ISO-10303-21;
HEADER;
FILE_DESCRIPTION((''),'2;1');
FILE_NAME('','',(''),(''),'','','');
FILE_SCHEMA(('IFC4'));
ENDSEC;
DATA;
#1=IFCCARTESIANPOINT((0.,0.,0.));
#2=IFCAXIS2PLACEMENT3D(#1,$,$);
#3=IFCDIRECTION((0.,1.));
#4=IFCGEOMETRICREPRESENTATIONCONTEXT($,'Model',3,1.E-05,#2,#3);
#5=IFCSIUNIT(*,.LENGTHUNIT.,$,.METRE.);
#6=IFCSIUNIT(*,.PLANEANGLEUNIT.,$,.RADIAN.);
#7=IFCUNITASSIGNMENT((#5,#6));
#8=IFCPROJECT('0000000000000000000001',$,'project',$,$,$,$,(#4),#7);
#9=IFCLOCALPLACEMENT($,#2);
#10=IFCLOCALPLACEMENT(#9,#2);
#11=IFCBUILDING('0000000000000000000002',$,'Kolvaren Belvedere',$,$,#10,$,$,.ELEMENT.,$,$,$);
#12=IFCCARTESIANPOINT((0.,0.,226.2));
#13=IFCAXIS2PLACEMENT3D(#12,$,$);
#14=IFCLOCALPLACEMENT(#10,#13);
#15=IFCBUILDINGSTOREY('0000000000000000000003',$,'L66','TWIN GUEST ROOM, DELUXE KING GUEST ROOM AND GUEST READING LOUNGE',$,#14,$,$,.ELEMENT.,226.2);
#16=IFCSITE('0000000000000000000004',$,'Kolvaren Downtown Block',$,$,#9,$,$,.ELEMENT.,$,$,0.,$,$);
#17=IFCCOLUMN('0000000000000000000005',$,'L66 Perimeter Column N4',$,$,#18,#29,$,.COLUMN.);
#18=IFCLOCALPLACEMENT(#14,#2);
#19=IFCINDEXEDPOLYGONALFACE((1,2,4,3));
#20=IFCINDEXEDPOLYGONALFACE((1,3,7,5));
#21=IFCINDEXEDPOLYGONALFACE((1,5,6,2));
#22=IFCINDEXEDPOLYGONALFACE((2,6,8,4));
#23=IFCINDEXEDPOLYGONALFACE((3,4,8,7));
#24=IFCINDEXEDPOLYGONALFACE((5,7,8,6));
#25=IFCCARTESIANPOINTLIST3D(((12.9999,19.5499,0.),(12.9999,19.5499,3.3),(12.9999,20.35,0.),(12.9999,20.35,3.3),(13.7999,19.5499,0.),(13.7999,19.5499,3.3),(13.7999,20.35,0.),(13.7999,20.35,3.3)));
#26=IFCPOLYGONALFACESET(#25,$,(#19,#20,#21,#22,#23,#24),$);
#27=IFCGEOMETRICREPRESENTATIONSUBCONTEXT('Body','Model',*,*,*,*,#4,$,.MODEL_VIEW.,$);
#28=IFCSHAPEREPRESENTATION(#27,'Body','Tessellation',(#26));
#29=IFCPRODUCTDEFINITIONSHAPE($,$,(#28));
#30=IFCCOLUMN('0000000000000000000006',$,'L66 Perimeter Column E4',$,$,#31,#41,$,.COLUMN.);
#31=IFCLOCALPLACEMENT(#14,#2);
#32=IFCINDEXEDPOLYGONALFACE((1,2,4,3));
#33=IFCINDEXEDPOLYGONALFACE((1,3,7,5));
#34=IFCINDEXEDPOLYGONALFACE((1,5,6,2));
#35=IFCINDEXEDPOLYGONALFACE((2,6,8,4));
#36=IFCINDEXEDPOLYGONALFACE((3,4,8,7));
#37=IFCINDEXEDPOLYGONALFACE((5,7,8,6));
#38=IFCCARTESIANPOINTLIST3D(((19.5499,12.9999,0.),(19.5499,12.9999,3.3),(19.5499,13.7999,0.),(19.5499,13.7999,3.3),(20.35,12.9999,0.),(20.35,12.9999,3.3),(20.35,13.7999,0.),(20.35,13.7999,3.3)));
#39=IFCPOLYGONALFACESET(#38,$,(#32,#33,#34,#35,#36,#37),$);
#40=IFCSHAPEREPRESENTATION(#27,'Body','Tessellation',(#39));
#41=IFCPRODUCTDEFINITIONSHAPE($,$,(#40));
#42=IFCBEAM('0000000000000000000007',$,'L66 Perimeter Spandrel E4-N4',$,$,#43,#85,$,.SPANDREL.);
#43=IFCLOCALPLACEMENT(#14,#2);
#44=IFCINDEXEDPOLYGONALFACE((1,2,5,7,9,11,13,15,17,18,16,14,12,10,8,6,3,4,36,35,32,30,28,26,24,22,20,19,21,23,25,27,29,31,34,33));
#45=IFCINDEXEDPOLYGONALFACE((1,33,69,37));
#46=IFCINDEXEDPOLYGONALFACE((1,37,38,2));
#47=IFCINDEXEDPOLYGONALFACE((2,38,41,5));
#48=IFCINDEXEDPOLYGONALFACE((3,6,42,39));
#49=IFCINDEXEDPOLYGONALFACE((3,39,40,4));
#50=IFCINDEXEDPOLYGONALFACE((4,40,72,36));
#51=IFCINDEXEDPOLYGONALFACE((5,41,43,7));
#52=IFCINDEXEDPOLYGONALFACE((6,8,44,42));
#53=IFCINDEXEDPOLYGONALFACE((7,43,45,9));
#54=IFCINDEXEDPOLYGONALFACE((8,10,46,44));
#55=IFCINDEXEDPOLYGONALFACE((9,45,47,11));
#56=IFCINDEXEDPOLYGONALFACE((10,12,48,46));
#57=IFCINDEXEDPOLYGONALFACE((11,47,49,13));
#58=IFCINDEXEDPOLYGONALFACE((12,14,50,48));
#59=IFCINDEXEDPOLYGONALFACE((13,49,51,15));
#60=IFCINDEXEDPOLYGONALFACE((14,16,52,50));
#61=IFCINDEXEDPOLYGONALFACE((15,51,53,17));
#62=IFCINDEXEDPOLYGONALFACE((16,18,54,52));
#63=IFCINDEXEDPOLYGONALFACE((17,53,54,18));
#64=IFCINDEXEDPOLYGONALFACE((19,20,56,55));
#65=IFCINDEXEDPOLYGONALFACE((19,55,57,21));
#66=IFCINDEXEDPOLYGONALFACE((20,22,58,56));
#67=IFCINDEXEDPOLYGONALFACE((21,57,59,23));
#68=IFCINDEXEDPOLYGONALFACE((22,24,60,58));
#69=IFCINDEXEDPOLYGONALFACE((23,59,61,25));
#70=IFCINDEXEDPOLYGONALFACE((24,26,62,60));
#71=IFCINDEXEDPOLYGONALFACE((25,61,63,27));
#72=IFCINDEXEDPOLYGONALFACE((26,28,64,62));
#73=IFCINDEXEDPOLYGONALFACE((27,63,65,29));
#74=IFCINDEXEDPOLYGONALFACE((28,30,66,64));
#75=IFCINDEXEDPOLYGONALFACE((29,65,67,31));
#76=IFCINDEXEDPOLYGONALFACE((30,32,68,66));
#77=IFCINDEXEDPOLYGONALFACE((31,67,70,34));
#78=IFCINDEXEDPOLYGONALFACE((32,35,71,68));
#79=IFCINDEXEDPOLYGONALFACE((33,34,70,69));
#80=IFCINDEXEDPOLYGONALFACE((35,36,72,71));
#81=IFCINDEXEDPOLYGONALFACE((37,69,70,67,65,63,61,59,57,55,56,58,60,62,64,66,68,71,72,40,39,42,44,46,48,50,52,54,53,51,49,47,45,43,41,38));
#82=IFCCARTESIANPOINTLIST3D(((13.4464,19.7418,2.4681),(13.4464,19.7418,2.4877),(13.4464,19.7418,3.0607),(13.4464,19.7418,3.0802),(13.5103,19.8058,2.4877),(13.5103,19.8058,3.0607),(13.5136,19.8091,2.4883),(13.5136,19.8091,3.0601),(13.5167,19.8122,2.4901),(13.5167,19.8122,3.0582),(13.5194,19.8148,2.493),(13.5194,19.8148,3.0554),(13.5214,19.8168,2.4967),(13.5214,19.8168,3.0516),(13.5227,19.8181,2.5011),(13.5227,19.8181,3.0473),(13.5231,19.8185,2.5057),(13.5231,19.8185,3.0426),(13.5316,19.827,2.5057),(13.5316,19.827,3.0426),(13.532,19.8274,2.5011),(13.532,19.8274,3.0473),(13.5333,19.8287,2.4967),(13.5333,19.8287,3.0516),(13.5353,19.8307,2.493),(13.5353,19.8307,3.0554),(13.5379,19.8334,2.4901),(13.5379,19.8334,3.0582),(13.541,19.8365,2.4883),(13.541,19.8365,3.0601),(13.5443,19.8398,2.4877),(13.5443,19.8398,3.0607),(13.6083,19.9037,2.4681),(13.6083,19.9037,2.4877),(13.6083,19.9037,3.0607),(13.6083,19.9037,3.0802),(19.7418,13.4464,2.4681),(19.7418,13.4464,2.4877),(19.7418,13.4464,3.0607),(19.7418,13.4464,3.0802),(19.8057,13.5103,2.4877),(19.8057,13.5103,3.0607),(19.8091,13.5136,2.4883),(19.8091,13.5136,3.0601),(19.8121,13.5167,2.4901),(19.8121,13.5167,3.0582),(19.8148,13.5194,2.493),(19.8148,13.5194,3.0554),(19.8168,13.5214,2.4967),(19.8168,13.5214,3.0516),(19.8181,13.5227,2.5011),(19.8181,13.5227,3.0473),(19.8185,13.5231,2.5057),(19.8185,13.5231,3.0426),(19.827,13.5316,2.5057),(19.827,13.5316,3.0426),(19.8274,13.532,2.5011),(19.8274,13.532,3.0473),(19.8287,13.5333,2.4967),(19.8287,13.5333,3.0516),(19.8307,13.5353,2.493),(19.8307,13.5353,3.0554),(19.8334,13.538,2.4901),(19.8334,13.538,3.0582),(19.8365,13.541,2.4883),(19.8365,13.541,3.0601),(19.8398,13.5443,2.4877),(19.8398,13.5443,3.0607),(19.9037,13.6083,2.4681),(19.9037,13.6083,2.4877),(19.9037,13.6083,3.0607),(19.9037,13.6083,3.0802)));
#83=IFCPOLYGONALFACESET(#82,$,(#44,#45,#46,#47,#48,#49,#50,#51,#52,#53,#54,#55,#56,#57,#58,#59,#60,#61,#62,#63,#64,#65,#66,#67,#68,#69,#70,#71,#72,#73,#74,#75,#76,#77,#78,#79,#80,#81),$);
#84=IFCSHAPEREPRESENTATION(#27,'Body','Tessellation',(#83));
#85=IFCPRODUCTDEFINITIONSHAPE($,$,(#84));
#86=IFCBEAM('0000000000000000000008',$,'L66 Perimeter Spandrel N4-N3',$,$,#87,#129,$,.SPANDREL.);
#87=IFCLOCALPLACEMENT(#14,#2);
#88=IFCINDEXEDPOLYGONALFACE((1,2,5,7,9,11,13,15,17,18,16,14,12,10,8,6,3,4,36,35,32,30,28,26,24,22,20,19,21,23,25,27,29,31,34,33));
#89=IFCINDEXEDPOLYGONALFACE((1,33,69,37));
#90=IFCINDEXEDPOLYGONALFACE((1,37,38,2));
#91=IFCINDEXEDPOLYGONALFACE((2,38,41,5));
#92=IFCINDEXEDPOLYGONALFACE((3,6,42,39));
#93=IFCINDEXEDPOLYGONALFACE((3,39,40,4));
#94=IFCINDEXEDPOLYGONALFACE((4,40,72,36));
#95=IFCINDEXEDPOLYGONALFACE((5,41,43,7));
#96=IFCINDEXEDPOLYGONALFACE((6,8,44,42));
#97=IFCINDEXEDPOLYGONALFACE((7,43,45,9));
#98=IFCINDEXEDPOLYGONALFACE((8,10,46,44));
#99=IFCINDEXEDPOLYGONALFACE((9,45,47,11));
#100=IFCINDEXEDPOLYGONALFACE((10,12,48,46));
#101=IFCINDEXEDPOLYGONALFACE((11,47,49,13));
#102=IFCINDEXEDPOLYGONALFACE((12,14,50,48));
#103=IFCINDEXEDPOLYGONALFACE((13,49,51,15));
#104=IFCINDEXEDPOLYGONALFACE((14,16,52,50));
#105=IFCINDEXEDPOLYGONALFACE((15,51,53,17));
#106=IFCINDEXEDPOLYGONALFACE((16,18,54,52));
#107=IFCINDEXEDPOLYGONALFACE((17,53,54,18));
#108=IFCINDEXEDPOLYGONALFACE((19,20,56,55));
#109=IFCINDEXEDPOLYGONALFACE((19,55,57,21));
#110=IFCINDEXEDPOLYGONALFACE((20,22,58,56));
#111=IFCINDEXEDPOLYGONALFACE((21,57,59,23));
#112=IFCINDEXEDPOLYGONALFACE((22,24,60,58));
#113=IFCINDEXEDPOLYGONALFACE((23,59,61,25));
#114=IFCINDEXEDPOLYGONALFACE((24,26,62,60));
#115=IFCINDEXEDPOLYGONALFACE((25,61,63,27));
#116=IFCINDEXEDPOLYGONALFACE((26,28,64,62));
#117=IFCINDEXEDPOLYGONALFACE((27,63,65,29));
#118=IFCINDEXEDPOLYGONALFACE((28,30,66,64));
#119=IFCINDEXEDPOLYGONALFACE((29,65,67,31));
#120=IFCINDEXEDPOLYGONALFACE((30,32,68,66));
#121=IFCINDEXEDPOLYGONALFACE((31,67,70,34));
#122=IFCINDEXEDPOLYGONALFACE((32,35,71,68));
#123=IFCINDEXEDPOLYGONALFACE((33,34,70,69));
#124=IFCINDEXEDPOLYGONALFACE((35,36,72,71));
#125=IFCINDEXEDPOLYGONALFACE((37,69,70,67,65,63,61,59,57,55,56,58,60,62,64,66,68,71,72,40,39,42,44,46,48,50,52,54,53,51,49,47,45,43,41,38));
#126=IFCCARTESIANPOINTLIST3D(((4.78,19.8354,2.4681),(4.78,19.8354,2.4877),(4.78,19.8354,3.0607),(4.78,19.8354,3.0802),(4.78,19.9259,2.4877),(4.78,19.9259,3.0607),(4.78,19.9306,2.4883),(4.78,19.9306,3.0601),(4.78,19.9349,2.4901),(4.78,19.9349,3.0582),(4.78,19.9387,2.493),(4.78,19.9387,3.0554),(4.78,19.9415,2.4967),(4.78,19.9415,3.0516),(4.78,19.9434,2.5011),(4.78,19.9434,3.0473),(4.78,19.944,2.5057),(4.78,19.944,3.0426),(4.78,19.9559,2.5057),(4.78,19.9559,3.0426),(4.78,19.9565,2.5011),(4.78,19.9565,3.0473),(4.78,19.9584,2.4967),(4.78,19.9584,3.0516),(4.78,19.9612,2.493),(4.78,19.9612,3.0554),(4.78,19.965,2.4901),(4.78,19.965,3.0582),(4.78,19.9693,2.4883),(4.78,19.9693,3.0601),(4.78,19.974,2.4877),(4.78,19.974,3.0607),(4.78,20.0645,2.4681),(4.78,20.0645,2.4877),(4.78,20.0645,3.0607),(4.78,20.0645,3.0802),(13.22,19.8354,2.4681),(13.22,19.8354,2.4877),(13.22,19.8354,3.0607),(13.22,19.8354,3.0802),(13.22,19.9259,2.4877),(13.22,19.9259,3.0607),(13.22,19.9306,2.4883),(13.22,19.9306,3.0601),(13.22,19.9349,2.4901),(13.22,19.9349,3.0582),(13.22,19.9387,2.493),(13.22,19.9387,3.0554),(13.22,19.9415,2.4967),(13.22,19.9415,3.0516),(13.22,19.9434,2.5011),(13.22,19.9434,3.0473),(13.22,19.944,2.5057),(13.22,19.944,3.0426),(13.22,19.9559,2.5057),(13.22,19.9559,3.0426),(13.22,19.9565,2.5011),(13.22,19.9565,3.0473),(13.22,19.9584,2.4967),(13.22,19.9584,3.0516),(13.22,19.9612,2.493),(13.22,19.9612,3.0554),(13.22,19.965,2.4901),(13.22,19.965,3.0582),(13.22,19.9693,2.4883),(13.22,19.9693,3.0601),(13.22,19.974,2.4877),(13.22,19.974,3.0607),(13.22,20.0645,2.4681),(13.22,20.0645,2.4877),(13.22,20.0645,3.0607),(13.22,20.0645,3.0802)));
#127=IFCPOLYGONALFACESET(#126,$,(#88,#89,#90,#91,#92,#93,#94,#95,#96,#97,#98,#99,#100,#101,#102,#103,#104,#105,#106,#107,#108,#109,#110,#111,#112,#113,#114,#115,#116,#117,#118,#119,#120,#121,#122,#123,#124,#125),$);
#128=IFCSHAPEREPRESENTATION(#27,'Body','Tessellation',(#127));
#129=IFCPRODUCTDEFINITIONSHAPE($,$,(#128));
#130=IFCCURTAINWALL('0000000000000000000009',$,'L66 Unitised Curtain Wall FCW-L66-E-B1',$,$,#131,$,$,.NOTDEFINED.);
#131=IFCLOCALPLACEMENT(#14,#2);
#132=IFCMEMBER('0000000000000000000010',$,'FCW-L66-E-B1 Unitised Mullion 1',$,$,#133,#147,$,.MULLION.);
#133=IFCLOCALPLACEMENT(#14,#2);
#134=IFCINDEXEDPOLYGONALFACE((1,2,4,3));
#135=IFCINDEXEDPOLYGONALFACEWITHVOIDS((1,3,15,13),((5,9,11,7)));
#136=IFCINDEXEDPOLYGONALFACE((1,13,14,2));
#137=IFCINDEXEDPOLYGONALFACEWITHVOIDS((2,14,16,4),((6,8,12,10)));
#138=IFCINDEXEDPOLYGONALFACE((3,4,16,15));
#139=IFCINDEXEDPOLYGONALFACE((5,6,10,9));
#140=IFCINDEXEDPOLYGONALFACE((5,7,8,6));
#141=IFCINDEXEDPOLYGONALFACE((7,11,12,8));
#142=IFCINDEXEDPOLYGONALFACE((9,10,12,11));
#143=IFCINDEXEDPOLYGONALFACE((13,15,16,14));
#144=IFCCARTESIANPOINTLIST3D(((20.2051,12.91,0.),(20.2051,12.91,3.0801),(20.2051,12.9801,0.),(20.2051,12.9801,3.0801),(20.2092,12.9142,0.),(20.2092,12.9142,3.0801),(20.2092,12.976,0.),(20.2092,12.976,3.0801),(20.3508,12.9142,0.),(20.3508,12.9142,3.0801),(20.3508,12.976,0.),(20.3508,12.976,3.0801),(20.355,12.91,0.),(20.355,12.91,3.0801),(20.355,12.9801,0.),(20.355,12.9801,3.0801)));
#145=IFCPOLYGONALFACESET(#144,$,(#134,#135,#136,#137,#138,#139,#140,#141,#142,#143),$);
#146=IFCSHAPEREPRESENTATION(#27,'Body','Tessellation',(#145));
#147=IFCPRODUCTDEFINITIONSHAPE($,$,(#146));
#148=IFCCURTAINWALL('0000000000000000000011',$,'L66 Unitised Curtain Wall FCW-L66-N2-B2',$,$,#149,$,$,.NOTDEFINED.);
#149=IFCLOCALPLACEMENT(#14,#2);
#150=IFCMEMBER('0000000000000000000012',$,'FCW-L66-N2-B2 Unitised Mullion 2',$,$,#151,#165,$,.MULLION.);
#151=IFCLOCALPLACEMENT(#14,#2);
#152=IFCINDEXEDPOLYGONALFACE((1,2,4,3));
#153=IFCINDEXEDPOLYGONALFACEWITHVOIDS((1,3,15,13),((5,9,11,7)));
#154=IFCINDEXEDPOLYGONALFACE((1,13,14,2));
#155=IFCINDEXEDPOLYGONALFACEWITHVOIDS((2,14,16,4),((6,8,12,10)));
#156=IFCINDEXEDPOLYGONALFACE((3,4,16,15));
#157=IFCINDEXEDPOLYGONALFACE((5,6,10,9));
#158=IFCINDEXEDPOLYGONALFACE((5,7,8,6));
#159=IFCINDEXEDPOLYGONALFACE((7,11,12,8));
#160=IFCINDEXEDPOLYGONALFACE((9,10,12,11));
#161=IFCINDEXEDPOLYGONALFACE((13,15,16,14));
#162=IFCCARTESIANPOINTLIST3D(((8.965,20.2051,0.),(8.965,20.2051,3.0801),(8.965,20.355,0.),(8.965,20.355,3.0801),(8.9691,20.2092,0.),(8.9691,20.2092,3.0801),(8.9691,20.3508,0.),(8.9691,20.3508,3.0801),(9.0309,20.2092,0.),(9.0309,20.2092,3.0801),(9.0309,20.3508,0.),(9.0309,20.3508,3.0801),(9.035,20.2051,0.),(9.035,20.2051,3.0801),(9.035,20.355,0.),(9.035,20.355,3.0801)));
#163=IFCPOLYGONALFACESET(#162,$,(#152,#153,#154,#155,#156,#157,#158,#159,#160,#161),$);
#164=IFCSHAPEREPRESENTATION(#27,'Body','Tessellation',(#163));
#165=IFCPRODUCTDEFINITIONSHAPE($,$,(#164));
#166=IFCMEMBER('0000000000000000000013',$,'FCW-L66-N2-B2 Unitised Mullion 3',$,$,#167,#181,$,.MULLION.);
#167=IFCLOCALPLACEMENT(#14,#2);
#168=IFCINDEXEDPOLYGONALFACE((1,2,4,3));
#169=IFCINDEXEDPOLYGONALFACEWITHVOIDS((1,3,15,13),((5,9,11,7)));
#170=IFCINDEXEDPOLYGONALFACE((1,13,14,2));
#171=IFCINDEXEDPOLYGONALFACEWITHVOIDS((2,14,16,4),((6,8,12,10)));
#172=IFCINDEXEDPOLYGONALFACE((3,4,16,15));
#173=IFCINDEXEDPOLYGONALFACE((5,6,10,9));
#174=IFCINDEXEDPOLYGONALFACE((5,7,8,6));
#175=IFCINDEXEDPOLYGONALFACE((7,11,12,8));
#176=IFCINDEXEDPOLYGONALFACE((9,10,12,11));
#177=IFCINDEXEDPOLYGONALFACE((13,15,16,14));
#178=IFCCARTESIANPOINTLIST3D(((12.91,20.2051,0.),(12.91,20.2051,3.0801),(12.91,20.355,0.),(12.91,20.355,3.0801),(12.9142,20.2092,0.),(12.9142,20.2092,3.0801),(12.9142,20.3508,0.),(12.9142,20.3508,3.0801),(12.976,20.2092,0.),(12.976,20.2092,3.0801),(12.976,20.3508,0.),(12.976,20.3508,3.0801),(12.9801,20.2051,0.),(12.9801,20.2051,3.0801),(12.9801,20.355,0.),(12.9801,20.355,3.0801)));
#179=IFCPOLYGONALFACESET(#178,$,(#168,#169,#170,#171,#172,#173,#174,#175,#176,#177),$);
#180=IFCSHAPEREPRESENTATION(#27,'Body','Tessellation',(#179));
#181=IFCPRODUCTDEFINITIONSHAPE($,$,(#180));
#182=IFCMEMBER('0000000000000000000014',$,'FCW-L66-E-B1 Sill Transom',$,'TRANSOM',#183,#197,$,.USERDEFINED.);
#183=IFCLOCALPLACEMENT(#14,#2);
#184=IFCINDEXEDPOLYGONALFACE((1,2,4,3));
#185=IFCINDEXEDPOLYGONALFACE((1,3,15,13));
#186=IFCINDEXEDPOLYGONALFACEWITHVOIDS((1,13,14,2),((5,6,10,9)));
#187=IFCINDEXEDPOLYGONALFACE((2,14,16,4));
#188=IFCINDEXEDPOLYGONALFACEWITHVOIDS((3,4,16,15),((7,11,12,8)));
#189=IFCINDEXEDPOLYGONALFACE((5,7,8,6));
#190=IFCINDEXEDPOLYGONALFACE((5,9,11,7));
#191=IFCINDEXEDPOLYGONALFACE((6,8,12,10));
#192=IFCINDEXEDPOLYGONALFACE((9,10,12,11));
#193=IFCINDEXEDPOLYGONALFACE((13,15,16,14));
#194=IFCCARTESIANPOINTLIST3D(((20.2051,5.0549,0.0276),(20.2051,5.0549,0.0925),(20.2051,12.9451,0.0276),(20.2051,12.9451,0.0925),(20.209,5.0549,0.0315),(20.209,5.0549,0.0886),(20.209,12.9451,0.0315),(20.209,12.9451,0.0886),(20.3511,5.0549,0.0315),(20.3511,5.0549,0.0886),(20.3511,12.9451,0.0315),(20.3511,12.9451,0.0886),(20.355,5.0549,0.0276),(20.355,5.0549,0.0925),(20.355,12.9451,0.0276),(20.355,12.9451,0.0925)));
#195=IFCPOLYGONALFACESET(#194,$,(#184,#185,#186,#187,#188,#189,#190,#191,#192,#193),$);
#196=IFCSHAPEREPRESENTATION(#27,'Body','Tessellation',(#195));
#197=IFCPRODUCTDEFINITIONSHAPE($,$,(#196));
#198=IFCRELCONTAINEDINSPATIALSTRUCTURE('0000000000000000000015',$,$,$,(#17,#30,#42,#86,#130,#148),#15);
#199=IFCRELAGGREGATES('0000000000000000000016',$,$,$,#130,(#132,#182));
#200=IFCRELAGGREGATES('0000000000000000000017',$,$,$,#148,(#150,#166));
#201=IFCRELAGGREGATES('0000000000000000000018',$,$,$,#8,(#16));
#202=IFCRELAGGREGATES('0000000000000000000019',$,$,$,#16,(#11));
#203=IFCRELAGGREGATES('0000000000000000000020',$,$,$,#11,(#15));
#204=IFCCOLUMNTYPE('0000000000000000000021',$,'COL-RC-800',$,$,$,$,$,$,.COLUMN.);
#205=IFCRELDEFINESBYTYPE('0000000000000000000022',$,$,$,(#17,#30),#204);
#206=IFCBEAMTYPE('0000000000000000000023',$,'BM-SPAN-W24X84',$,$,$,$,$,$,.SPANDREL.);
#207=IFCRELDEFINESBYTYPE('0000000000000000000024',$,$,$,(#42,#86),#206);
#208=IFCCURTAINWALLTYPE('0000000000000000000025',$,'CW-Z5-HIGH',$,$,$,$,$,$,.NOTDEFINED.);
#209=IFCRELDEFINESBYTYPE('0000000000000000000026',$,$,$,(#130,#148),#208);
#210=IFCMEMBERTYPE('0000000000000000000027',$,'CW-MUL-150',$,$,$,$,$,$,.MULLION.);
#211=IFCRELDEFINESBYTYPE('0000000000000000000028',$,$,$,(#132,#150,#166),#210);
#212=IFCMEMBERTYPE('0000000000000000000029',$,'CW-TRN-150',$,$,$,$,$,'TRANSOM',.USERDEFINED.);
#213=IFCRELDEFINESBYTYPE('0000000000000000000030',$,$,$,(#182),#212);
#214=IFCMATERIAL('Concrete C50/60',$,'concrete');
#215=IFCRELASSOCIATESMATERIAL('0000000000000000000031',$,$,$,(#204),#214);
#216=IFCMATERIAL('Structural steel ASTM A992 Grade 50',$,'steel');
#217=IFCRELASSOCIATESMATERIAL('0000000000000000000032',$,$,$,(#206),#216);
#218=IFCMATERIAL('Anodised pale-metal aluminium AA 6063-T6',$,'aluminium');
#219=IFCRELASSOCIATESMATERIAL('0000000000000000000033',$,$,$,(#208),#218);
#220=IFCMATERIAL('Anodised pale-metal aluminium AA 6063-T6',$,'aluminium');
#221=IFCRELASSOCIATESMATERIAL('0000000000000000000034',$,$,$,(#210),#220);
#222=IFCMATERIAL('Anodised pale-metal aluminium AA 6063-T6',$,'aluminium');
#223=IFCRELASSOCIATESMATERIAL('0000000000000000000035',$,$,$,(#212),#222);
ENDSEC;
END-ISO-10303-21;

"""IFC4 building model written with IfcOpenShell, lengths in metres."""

from ifc_helpers import new_model, si_unit, direction, frame, origin, origin_2d, place, context, subcontext, project, spatial, rectangle, hollow_rectangle, i_section, extrude, material, material_profile, profile_set, type_object, element, aggregate, save


model = new_model("IFC4")

# Units and contexts
model_context = context("Model", 3, precision=1e-05, world=origin(), true_north=direction((0.0, 1.0)))
body_context = subcontext(model_context, "Body", "Model", "MODEL_VIEW")
ifc_project = project(units=[si_unit("LENGTHUNIT", "METRE"), si_unit("PLANEANGLEUNIT", "RADIAN")], contexts=[model_context])

# Site, building, storey
site_placement = place(None, origin())
site = spatial("IfcSite", under=ifc_project, at=site_placement, Name="Kolvaren Downtown Block", CompositionType="ELEMENT", RefElevation=0.0)
building_placement = place(site_placement, origin())
building = spatial("IfcBuilding", under=site, at=building_placement, Name="Kolvaren Belvedere", CompositionType="ELEMENT")
storey_placement = place(building_placement, frame((0.0, 0.0, 226.2)))
storey = spatial("IfcBuildingStorey", under=building, at=storey_placement, Name="L66", Description="TWIN GUEST ROOM, DELUXE KING GUEST ROOM AND GUEST READING LOUNGE", CompositionType="ELEMENT", Elevation=226.2)

# Columns
ifc_material_1 = material(Name="Concrete C50/60", Category="concrete")
ifc_material_profile_1 = material_profile(ifc_material_1, rectangle(XDim=0.8, YDim=0.8, at=origin_2d()), Name="RC 800X800")
ifc_profile_set_1 = profile_set([ifc_material_profile_1], Name="Concrete C50/60")
column_type = type_object("IfcColumnType", Name="COL-RC-800", PredefinedType="COLUMN", material=ifc_profile_set_1)
for number, where, z_axis, x_axis, name in (
    (1, (13.3999, 19.95, 0.0), (0.0, 0.0, 1.0), (1.0, 0.0, 0.0), "L66 Perimeter Column N4"),
    (2, (19.95, 13.3999, 0.0), (0.0, 0.0, 1.0), (1.0, 0.0, 0.0), "L66 Perimeter Column E4"),
):
    element("IfcColumn", number, at=place(storey_placement, frame(where, z_axis=z_axis, x_axis=x_axis)), inside=storey, type_object=column_type, Name=name, PredefinedType="COLUMN", context=body_context, shape_type="SweptSolid", body=[
        extrude(rectangle(XDim=0.8, YDim=0.8, at=origin_2d()), origin(), (0.0, 0.0, 1.0), 3.3),
    ])

# Beams
ifc_material_2 = material(Name="Structural steel ASTM A992 Grade 50", Category="steel")
ifc_material_profile_2 = material_profile(ifc_material_2, i_section(OverallWidth=0.229, OverallDepth=0.6121, WebThickness=0.012, FlangeThickness=0.0195, FilletRadius=0.0181, at=origin_2d()), Name="W24X84")
ifc_profile_set_2 = profile_set([ifc_material_profile_2], Name="Structural steel ASTM A992 Grade 50")
beam_type = type_object("IfcBeamType", Name="BM-SPAN-W24X84", PredefinedType="SPANDREL", material=ifc_profile_set_2)
beam_1_placement = place(storey_placement, frame((19.8228, 13.5273, 2.7742), z_axis=(-0.707107, 0.707107, 0.0), x_axis=(-0.707107, -0.707107, 0.0)))
element("IfcBeam", 3, at=beam_1_placement, inside=storey, type_object=beam_type, Name="L66 Perimeter Spandrel E4-N4", PredefinedType="SPANDREL", context=body_context, shape_type="SweptSolid", body=[
    extrude(i_section(OverallWidth=0.229, OverallDepth=0.6121, WebThickness=0.012, FlangeThickness=0.0195, FilletRadius=0.0181, at=origin_2d()), origin(), (0.0, 0.0, 1.0), 8.9031),
])
beam_2_placement = place(storey_placement, frame((13.22, 19.95, 2.7742), z_axis=(-1.0, 0.0, 0.0), x_axis=(0.0, -1.0, 0.0)))
element("IfcBeam", 4, at=beam_2_placement, inside=storey, type_object=beam_type, Name="L66 Perimeter Spandrel N4-N3", PredefinedType="SPANDREL", context=body_context, shape_type="SweptSolid", body=[
    extrude(i_section(OverallWidth=0.229, OverallDepth=0.6121, WebThickness=0.012, FlangeThickness=0.0195, FilletRadius=0.0181, at=origin_2d()), origin(), (0.0, 0.0, 1.0), 8.4399),
])

# Curtain wall, member
ifc_material_3 = material(Name="Anodised pale-metal aluminium AA 6063-T6", Category="aluminium")
curtain_wall_type = type_object("IfcCurtainWallType", Name="CW-Z5-HIGH", PredefinedType="NOTDEFINED", material=ifc_material_3)
curtain_wall_1_placement = place(storey_placement, origin())
curtain_wall_1 = element("IfcCurtainWall", 5, at=curtain_wall_1_placement, inside=storey, type_object=curtain_wall_type, Name="L66 Unitised Curtain Wall FCW-L66-E-B1", PredefinedType="NOTDEFINED")
ifc_material_4 = material(Name="Anodised pale-metal aluminium AA 6063-T6", Category="aluminium")
ifc_material_profile_3 = material_profile(ifc_material_4, hollow_rectangle(XDim=0.0701, YDim=0.1499, WallThickness=0.0042, at=origin_2d()), Name="ALU-MUL-150X70")
ifc_profile_set_3 = profile_set([ifc_material_profile_3], Name="Anodised pale-metal aluminium AA 6063-T6")
member_type_1 = type_object("IfcMemberType", Name="CW-MUL-150", PredefinedType="MULLION", material=ifc_profile_set_3)
member_1_placement = place(storey_placement, frame((20.28, 12.9451, 0.0), z_axis=(0.0, 0.0, 1.0), x_axis=(0.0, 1.0, 0.0)))
member_1 = element("IfcMember", 6, at=member_1_placement, type_object=member_type_1, Name="FCW-L66-E-B1 Unitised Mullion 1", PredefinedType="MULLION", context=body_context, shape_type="SweptSolid", body=[
    extrude(hollow_rectangle(XDim=0.0701, YDim=0.1499, WallThickness=0.0042, at=origin_2d()), origin(), (0.0, 0.0, 1.0), 3.0801),
])

# Curtain wall, members
curtain_wall_2_placement = place(storey_placement, origin())
curtain_wall_2 = element("IfcCurtainWall", 7, at=curtain_wall_2_placement, inside=storey, type_object=curtain_wall_type, Name="L66 Unitised Curtain Wall FCW-L66-N2-B2", PredefinedType="NOTDEFINED")
member_2_placement = place(storey_placement, frame((9.0, 20.28, 0.0), z_axis=(0.0, 0.0, 1.0), x_axis=(1.0, 0.0, 0.0)))
member_2 = element("IfcMember", 8, at=member_2_placement, type_object=member_type_1, Name="FCW-L66-N2-B2 Unitised Mullion 2", PredefinedType="MULLION", context=body_context, shape_type="SweptSolid", body=[
    extrude(hollow_rectangle(XDim=0.0701, YDim=0.1499, WallThickness=0.0042, at=origin_2d()), origin(), (0.0, 0.0, 1.0), 3.0801),
])
member_3_placement = place(storey_placement, frame((12.9451, 20.28, 0.0), z_axis=(0.0, 0.0, 1.0), x_axis=(1.0, 0.0, 0.0)))
member_3 = element("IfcMember", 9, at=member_3_placement, type_object=member_type_1, Name="FCW-L66-N2-B2 Unitised Mullion 3", PredefinedType="MULLION", context=body_context, shape_type="SweptSolid", body=[
    extrude(hollow_rectangle(XDim=0.0701, YDim=0.1499, WallThickness=0.0042, at=origin_2d()), origin(), (0.0, 0.0, 1.0), 3.0801),
])

# Member
ifc_material_5 = material(Name="Anodised pale-metal aluminium AA 6063-T6", Category="aluminium")
ifc_material_profile_4 = material_profile(ifc_material_5, hollow_rectangle(XDim=0.0649, YDim=0.1499, WallThickness=0.0039, at=origin_2d()), Name="ALU-TRN-150X65")
ifc_profile_set_4 = profile_set([ifc_material_profile_4], Name="Anodised pale-metal aluminium AA 6063-T6")
member_type_2 = type_object("IfcMemberType", Name="CW-TRN-150", ElementType="TRANSOM", PredefinedType="USERDEFINED", material=ifc_profile_set_4)
member_4_placement = place(storey_placement, frame((20.28, 12.9451, 0.0601), z_axis=(0.0, -1.0, 0.0), x_axis=(0.0, 0.0, 1.0)))
member_4 = element("IfcMember", 10, at=member_4_placement, type_object=member_type_2, Name="FCW-L66-E-B1 Sill Transom", ObjectType="TRANSOM", PredefinedType="USERDEFINED", context=body_context, shape_type="SweptSolid", body=[
    extrude(hollow_rectangle(XDim=0.0649, YDim=0.1499, WallThickness=0.0039, at=origin_2d()), origin(), (0.0, 0.0, 1.0), 7.8901),
])
aggregate(curtain_wall_1, [member_1, member_4])

aggregate(curtain_wall_2, [member_2, member_3])

save(model, "model.ifc")
